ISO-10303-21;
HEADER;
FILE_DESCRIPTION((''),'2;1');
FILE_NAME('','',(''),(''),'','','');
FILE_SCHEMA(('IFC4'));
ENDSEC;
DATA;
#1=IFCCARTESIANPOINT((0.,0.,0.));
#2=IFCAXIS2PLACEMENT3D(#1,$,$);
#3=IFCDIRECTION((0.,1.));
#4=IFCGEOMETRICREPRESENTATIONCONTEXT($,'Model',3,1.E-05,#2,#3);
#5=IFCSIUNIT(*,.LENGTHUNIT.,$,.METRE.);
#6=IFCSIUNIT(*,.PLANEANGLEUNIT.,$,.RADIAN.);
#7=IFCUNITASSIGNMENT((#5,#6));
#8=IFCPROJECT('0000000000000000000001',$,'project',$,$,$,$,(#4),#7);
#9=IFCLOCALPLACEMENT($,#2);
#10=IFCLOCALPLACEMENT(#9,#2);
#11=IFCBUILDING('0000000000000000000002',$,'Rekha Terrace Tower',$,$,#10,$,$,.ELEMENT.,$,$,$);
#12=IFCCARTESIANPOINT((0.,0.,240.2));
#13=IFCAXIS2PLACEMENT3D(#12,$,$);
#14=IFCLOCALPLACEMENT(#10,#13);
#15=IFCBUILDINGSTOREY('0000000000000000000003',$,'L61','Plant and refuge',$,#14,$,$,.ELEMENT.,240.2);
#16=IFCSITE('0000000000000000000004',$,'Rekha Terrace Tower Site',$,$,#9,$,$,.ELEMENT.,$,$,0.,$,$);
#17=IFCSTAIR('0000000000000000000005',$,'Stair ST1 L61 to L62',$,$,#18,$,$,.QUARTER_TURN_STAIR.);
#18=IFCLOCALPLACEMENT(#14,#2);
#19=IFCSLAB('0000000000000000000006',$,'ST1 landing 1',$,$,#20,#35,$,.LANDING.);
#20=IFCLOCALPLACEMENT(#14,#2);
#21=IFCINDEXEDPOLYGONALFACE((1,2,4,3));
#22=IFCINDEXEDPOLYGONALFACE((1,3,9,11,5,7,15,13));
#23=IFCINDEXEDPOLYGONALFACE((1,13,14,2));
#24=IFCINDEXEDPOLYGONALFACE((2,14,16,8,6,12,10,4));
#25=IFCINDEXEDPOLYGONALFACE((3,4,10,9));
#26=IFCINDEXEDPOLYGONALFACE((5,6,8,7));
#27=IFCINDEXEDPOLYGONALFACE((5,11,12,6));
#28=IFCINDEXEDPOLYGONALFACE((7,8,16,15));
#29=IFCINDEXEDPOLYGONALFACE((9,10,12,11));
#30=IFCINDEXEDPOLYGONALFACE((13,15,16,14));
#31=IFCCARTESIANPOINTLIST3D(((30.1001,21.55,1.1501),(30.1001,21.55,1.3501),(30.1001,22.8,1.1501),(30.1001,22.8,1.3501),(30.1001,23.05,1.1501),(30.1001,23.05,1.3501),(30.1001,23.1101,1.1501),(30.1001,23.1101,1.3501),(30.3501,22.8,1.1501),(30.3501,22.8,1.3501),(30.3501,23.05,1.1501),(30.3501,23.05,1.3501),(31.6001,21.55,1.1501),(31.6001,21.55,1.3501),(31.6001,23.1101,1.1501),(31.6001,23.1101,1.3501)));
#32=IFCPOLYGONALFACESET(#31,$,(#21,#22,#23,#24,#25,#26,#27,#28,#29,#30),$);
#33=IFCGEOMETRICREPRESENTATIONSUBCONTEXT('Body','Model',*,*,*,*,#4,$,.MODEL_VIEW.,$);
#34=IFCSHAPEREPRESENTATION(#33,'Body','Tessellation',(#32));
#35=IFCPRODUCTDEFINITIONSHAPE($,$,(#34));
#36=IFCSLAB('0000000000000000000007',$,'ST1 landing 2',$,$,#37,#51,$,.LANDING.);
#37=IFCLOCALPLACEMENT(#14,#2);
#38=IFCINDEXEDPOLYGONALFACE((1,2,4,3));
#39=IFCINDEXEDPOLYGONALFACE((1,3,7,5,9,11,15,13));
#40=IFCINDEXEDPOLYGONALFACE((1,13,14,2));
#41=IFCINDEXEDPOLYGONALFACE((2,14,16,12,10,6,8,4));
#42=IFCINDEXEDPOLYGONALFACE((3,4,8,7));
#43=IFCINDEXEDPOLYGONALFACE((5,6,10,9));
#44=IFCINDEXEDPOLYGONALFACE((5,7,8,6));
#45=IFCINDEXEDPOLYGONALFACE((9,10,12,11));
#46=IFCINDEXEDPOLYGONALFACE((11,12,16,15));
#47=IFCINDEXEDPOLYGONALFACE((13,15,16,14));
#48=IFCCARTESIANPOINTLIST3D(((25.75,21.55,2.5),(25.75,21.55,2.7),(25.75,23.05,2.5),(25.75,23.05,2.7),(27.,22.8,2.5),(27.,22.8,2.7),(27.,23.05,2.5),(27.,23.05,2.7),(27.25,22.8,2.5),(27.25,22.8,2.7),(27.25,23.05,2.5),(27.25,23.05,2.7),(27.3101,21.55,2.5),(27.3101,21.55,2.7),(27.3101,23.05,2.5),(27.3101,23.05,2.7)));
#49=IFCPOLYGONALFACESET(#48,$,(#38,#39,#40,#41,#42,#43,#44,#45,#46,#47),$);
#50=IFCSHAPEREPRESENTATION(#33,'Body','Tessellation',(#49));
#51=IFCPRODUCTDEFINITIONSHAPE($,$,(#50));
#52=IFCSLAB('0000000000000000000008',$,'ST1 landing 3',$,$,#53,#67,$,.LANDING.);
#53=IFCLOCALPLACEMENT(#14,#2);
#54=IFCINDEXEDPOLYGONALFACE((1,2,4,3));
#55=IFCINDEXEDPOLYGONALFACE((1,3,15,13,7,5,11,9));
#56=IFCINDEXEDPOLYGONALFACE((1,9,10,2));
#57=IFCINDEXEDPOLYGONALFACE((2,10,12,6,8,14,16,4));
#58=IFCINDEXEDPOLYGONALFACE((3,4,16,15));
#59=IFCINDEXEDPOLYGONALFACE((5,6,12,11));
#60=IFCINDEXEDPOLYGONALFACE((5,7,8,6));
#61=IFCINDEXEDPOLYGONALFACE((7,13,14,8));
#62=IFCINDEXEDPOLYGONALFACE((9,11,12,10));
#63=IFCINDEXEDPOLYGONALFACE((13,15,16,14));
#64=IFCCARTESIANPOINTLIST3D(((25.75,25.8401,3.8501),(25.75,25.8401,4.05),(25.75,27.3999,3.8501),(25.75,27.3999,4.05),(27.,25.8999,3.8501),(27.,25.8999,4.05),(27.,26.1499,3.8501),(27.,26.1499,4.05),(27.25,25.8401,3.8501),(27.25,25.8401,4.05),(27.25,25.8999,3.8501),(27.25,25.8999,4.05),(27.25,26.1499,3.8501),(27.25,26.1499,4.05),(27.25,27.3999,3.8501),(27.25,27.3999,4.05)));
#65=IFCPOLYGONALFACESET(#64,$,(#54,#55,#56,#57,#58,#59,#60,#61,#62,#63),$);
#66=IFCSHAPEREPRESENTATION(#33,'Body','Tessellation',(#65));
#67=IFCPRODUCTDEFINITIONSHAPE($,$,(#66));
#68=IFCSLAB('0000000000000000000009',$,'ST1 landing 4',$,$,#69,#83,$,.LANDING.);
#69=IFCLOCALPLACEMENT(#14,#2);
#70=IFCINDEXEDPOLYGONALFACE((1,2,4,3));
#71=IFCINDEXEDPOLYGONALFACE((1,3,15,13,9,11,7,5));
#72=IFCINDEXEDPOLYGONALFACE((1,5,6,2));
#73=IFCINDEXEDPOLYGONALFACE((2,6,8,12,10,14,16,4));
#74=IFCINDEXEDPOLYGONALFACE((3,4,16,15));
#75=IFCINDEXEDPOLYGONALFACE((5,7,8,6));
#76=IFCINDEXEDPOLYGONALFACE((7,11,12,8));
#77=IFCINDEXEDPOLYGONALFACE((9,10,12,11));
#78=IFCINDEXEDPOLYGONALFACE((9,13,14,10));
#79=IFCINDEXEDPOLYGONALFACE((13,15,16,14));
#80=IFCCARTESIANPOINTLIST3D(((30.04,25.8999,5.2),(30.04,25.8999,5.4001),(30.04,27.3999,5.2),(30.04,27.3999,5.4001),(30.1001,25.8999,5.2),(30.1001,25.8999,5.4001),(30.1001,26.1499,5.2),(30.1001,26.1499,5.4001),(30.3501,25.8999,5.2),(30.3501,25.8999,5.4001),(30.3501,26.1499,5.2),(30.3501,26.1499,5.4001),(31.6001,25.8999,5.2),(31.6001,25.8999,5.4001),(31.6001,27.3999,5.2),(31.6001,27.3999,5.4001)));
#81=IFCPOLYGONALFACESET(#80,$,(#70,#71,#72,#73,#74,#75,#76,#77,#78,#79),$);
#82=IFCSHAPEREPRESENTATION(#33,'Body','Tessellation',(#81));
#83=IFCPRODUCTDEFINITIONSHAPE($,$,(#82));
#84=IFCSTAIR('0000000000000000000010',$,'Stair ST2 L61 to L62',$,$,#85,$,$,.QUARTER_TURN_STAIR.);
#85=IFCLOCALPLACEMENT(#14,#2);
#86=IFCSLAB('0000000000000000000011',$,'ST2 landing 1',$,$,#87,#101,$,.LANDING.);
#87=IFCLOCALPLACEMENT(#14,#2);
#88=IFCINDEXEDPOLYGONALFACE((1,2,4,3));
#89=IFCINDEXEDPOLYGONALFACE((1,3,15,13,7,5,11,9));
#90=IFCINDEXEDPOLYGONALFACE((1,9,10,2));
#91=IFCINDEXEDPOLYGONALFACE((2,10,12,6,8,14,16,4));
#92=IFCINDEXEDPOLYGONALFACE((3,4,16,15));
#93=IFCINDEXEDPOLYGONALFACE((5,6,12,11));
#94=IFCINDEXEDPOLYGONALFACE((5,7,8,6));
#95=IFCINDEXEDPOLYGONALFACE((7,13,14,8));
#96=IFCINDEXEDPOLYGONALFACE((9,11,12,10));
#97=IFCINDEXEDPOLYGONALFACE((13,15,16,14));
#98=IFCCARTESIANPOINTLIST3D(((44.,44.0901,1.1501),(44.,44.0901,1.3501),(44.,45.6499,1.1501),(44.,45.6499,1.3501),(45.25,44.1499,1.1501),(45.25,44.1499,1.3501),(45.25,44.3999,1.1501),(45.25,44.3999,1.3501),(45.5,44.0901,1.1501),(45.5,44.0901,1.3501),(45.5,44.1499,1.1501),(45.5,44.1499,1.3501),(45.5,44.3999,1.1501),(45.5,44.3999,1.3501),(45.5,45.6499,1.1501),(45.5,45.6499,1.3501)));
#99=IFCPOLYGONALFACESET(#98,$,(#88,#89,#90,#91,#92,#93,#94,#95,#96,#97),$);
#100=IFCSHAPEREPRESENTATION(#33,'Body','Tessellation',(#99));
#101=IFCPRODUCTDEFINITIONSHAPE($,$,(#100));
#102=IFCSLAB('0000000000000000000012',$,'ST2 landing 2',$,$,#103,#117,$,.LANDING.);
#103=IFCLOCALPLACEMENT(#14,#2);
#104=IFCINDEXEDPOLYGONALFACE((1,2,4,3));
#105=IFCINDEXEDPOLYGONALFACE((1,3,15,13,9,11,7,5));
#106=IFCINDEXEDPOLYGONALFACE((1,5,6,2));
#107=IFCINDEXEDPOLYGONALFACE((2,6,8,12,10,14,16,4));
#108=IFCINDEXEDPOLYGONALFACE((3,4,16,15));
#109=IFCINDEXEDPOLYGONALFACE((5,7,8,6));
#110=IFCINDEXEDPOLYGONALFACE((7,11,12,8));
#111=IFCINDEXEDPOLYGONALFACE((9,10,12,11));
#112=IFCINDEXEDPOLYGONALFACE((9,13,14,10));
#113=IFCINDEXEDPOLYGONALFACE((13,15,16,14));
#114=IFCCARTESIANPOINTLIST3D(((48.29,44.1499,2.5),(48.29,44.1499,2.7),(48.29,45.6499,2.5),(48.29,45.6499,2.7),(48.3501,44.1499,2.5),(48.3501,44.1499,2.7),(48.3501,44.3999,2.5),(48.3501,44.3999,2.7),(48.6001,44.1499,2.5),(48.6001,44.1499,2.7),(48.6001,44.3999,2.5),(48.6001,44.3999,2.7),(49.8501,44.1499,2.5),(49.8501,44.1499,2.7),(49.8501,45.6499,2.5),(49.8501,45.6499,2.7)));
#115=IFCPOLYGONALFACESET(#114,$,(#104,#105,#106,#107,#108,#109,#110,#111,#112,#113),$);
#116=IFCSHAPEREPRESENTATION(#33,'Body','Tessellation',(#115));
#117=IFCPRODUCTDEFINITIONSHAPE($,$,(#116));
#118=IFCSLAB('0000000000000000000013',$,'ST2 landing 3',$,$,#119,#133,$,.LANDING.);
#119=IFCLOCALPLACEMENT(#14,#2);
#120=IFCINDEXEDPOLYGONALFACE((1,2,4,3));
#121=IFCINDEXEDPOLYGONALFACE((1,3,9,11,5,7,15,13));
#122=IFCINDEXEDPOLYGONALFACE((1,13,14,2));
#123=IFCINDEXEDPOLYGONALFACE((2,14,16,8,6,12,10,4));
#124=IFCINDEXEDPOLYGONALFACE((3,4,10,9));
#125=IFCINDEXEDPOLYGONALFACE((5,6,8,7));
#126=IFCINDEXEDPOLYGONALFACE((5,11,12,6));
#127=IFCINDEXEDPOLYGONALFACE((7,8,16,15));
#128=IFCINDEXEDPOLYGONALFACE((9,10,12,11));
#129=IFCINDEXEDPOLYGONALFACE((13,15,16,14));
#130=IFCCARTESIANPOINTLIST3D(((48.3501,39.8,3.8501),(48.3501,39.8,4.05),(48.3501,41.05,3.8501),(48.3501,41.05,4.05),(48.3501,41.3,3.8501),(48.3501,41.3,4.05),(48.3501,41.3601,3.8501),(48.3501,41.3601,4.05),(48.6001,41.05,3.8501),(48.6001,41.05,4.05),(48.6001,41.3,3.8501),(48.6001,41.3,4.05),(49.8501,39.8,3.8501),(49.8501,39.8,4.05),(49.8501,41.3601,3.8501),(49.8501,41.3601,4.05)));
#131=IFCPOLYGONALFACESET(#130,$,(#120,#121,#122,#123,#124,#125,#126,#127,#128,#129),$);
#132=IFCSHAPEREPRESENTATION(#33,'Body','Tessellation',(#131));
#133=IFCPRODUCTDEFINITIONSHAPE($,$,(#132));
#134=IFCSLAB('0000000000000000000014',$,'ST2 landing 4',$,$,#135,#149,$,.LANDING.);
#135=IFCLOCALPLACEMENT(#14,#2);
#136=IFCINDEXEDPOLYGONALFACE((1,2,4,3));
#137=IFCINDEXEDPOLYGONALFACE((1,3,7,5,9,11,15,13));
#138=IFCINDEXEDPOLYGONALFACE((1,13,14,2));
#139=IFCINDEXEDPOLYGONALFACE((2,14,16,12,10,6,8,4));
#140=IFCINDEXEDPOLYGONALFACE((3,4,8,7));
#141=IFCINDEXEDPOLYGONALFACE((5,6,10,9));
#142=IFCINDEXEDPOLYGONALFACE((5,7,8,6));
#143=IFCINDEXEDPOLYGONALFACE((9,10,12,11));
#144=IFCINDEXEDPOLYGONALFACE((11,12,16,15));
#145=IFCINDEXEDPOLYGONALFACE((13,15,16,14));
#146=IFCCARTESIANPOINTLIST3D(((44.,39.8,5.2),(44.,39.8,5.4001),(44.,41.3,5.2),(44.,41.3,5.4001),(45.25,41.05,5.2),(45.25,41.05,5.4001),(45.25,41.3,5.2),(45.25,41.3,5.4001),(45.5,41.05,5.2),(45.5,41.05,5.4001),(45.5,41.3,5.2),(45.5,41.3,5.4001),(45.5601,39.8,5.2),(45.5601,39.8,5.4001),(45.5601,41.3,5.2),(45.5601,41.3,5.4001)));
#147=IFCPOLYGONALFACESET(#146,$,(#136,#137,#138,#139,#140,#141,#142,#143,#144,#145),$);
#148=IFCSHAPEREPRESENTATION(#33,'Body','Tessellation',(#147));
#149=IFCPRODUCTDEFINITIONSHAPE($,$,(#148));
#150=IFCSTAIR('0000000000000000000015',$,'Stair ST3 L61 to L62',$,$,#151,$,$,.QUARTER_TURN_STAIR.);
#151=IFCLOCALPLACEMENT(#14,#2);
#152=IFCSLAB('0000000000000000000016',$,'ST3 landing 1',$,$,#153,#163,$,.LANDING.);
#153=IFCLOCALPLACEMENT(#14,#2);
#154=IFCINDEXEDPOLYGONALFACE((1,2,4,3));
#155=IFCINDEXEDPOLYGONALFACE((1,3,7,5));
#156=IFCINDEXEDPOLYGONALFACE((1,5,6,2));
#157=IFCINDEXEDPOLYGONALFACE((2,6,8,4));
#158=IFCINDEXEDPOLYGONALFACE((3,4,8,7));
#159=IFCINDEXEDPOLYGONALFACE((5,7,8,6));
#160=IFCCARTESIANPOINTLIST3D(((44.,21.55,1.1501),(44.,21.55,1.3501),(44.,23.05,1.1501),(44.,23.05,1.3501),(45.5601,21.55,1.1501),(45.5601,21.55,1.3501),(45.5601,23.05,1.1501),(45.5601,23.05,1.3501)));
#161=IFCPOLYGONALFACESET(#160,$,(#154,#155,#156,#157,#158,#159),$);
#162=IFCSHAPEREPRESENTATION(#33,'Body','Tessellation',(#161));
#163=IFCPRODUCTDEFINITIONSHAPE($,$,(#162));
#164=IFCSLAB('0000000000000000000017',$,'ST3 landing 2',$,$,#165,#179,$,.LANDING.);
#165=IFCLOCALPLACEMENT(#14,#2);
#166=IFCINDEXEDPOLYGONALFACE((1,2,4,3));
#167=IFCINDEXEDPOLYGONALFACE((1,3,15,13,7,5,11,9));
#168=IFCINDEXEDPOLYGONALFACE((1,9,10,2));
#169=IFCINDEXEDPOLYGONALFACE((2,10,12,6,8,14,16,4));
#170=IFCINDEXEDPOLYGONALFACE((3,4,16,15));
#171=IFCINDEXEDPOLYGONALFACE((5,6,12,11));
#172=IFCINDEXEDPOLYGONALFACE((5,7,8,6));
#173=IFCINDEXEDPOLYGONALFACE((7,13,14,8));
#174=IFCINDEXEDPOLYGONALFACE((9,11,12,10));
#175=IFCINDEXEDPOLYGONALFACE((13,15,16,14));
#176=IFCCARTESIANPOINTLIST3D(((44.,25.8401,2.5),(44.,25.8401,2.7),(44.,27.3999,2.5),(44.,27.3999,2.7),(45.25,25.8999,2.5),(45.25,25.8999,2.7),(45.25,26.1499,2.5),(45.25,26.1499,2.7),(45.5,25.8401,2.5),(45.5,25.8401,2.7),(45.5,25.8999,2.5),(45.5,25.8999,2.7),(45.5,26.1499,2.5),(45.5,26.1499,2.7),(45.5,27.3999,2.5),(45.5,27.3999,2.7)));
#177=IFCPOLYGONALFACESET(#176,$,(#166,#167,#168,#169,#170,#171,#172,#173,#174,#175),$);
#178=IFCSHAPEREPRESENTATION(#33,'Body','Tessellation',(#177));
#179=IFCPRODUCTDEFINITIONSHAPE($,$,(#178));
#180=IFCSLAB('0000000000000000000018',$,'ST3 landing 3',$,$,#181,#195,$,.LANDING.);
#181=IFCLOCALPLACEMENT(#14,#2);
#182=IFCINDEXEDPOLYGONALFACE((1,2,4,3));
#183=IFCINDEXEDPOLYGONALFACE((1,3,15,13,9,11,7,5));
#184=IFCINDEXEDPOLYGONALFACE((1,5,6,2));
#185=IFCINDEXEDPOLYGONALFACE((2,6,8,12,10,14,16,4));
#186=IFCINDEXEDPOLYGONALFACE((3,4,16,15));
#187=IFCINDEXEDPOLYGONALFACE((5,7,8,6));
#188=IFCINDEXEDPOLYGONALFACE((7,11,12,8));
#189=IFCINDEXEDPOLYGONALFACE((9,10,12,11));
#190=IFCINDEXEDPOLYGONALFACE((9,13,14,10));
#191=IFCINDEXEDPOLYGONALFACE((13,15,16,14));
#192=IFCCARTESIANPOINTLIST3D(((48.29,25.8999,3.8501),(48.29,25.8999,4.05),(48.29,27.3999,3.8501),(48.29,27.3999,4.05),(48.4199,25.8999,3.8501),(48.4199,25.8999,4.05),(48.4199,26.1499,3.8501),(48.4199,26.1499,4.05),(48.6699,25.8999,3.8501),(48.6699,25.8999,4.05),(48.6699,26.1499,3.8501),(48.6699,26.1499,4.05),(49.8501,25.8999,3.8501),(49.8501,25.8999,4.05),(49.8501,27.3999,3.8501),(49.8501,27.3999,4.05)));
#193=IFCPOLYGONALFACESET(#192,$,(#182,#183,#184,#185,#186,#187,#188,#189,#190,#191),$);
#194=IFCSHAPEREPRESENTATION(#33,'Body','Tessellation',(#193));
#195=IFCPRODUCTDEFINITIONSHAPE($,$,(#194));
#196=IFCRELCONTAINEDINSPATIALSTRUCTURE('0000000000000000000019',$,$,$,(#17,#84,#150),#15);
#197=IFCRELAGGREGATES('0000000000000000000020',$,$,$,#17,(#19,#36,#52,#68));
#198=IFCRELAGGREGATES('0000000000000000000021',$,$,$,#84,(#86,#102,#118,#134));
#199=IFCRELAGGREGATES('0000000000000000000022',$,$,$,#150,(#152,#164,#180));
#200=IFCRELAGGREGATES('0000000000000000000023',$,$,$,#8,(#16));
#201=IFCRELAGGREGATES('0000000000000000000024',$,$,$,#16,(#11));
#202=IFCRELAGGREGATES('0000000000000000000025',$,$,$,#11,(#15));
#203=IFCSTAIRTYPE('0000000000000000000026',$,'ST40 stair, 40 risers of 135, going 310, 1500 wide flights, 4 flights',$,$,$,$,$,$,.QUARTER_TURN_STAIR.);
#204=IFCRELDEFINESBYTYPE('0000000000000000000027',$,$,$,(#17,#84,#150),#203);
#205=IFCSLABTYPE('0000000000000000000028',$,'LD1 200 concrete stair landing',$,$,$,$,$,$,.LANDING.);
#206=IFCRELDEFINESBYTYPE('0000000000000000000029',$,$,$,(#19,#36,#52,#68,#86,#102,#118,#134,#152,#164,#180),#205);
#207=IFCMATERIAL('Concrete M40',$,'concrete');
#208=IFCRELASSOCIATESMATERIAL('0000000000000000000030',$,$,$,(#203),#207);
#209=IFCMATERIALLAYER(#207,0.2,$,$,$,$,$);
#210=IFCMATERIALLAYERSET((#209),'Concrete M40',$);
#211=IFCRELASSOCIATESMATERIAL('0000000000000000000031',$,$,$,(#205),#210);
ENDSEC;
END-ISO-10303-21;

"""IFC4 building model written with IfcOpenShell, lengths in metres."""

from ifc_helpers import new_model, si_unit, direction, frame, origin, place, context, subcontext, project, spatial, polyline, outline, extrude, material, layer, layer_set, type_object, element, aggregate, save


model = new_model("IFC4")

# Units and contexts
model_context = context("Model", 3, precision=1e-05, world=origin(), true_north=direction((0.0, 1.0)))
body_context = subcontext(model_context, "Body", "Model", "MODEL_VIEW")
ifc_project = project(units=[si_unit("LENGTHUNIT", "METRE"), si_unit("PLANEANGLEUNIT", "RADIAN")], contexts=[model_context])

# Site, building, storey
site_placement = place(None, origin())
site = spatial("IfcSite", under=ifc_project, at=site_placement, Name="Rekha Terrace Tower Site", CompositionType="ELEMENT", RefElevation=0.0)
building_placement = place(site_placement, origin())
building = spatial("IfcBuilding", under=site, at=building_placement, Name="Rekha Terrace Tower", CompositionType="ELEMENT")
storey_placement = place(building_placement, frame((0.0, 0.0, 240.2)))
storey = spatial("IfcBuildingStorey", under=building, at=storey_placement, Name="L61", Description="Plant and refuge", CompositionType="ELEMENT", Elevation=240.2)

# Stairs, slabs
ifc_material_1 = material(Name="Concrete M40", Category="concrete")
stair_type = type_object("IfcStairType", Name="ST40 stair, 40 risers of 135, going 310, 1500 wide flights, 4 flights", PredefinedType="QUARTER_TURN_STAIR", material=ifc_material_1)
stair_1_placement = place(storey_placement, origin())
stair_1 = element("IfcStair", 1, at=stair_1_placement, inside=storey, type_object=stair_type, Name="Stair ST1 L61 to L62", PredefinedType="QUARTER_TURN_STAIR")
ifc_layer_1 = layer(ifc_material_1, 0.2)
ifc_layer_set_1 = layer_set([ifc_layer_1], Name="Concrete M40")
slab_type_1 = type_object("IfcSlabType", Name="LD1 200 concrete stair landing", PredefinedType="LANDING", material=ifc_layer_set_1)
slab_1_placement = place(storey_placement, frame((0.0, 0.0, 1.1501)))
slab_1 = element("IfcSlab", 2, at=slab_1_placement, type_object=slab_type_1, Name="ST1 landing 1", PredefinedType="LANDING", context=body_context, shape_type="SweptSolid", body=[
    extrude(outline(polyline([(30.1001, 21.55), (31.6001, 21.55), (31.6001, 23.1101), (30.1001, 23.1101), (30.1001, 23.05), (30.3501, 23.05), (30.3501, 22.8), (30.1001, 22.8), (30.1001, 21.55)])), origin(), (0.0, 0.0, 1.0), 0.2),
])
slab_2_placement = place(storey_placement, frame((0.0, 0.0, 2.5)))
slab_2 = element("IfcSlab", 3, at=slab_2_placement, type_object=slab_type_1, Name="ST1 landing 2", PredefinedType="LANDING", context=body_context, shape_type="SweptSolid", body=[
    extrude(outline(polyline([(25.75, 23.05), (25.75, 21.55), (27.3101, 21.55), (27.3101, 23.05), (27.25, 23.05), (27.25, 22.8), (27.0, 22.8), (27.0, 23.05), (25.75, 23.05)])), origin(), (0.0, 0.0, 1.0), 0.2),
])
slab_3_placement = place(storey_placement, frame((0.0, 0.0, 3.8501)))
slab_3 = element("IfcSlab", 4, at=slab_3_placement, type_object=slab_type_1, Name="ST1 landing 3", PredefinedType="LANDING", context=body_context, shape_type="SweptSolid", body=[
    extrude(outline(polyline([(27.25, 27.3999), (25.75, 27.3999), (25.75, 25.8401), (27.25, 25.8401), (27.25, 25.8999), (27.0, 25.8999), (27.0, 26.1499), (27.25, 26.1499), (27.25, 27.3999)])), origin(), (0.0, 0.0, 1.0), 0.2),
])
slab_4_placement = place(storey_placement, frame((0.0, 0.0, 5.2)))
slab_4 = element("IfcSlab", 5, at=slab_4_placement, type_object=slab_type_1, Name="ST1 landing 4", PredefinedType="LANDING", context=body_context, shape_type="SweptSolid", body=[
    extrude(outline(polyline([(31.6001, 25.8999), (31.6001, 27.3999), (30.04, 27.3999), (30.04, 25.8999), (30.1001, 25.8999), (30.1001, 26.1499), (30.3501, 26.1499), (30.3501, 25.8999), (31.6001, 25.8999)])), origin(), (0.0, 0.0, 1.0), 0.2002),
])
aggregate(stair_1, [slab_1, slab_2, slab_3, slab_4])
stair_2_placement = place(storey_placement, origin())
stair_2 = element("IfcStair", 6, at=stair_2_placement, inside=storey, type_object=stair_type, Name="Stair ST2 L61 to L62", PredefinedType="QUARTER_TURN_STAIR")
slab_5_placement = place(storey_placement, frame((0.0, 0.0, 1.1501)))
slab_5 = element("IfcSlab", 7, at=slab_5_placement, type_object=slab_type_1, Name="ST2 landing 1", PredefinedType="LANDING", context=body_context, shape_type="SweptSolid", body=[
    extrude(outline(polyline([(45.5, 45.6499), (44.0, 45.6499), (44.0, 44.0901), (45.5, 44.0901), (45.5, 44.1499), (45.25, 44.1499), (45.25, 44.3999), (45.5, 44.3999), (45.5, 45.6499)])), origin(), (0.0, 0.0, 1.0), 0.2),
])
slab_6_placement = place(storey_placement, frame((0.0, 0.0, 2.5)))
slab_6 = element("IfcSlab", 8, at=slab_6_placement, type_object=slab_type_1, Name="ST2 landing 2", PredefinedType="LANDING", context=body_context, shape_type="SweptSolid", body=[
    extrude(outline(polyline([(49.8501, 44.1499), (49.8501, 45.6499), (48.29, 45.6499), (48.29, 44.1499), (48.3501, 44.1499), (48.3501, 44.3999), (48.6001, 44.3999), (48.6001, 44.1499), (49.8501, 44.1499)])), origin(), (0.0, 0.0, 1.0), 0.2),
])
slab_7_placement = place(storey_placement, frame((0.0, 0.0, 3.8501)))
slab_7 = element("IfcSlab", 9, at=slab_7_placement, type_object=slab_type_1, Name="ST2 landing 3", PredefinedType="LANDING", context=body_context, shape_type="SweptSolid", body=[
    extrude(outline(polyline([(48.3501, 39.8), (49.8501, 39.8), (49.8501, 41.3601), (48.3501, 41.3601), (48.3501, 41.3), (48.6001, 41.3), (48.6001, 41.05), (48.3501, 41.05), (48.3501, 39.8)])), origin(), (0.0, 0.0, 1.0), 0.2),
])
slab_8_placement = place(storey_placement, frame((0.0, 0.0, 5.2)))
slab_8 = element("IfcSlab", 10, at=slab_8_placement, type_object=slab_type_1, Name="ST2 landing 4", PredefinedType="LANDING", context=body_context, shape_type="SweptSolid", body=[
    extrude(outline(polyline([(44.0, 41.3), (44.0, 39.8), (45.5601, 39.8), (45.5601, 41.3), (45.5, 41.3), (45.5, 41.05), (45.25, 41.05), (45.25, 41.3), (44.0, 41.3)])), origin(), (0.0, 0.0, 1.0), 0.2002),
])
aggregate(stair_2, [slab_5, slab_6, slab_7, slab_8])
stair_3_placement = place(storey_placement, origin())
stair_3 = element("IfcStair", 11, at=stair_3_placement, inside=storey, type_object=stair_type, Name="Stair ST3 L61 to L62", PredefinedType="QUARTER_TURN_STAIR")
slab_9_placement = place(storey_placement, frame((0.0, 0.0, 1.1501)))
slab_9 = element("IfcSlab", 12, at=slab_9_placement, type_object=slab_type_1, Name="ST3 landing 1", PredefinedType="LANDING", context=body_context, shape_type="SweptSolid", body=[
    extrude(outline(polyline([(45.5601, 23.05), (44.0, 23.05), (44.0, 21.55), (45.5601, 21.55), (45.5601, 23.05)])), origin(), (0.0, 0.0, 1.0), 0.2),
])
slab_10_placement = place(storey_placement, frame((0.0, 0.0, 2.5)))
slab_10 = element("IfcSlab", 13, at=slab_10_placement, type_object=slab_type_1, Name="ST3 landing 2", PredefinedType="LANDING", context=body_context, shape_type="SweptSolid", body=[
    extrude(outline(polyline([(45.5, 27.3999), (44.0, 27.3999), (44.0, 25.8401), (45.5, 25.8401), (45.5, 25.8999), (45.25, 25.8999), (45.25, 26.1499), (45.5, 26.1499), (45.5, 27.3999)])), origin(), (0.0, 0.0, 1.0), 0.2),
])
slab_11_placement = place(storey_placement, frame((0.0, 0.0, 3.8501)))
slab_11 = element("IfcSlab", 14, at=slab_11_placement, type_object=slab_type_1, Name="ST3 landing 3", PredefinedType="LANDING", context=body_context, shape_type="SweptSolid", body=[
    extrude(outline(polyline([(49.8501, 25.8999), (49.8501, 27.3999), (48.29, 27.3999), (48.29, 25.8999), (48.4199, 25.8999), (48.4199, 26.1499), (48.6699, 26.1499), (48.6699, 25.8999), (49.8501, 25.8999)])), origin(), (0.0, 0.0, 1.0), 0.2),
])
aggregate(stair_3, [slab_9, slab_10, slab_11])

save(model, "model.ifc")
